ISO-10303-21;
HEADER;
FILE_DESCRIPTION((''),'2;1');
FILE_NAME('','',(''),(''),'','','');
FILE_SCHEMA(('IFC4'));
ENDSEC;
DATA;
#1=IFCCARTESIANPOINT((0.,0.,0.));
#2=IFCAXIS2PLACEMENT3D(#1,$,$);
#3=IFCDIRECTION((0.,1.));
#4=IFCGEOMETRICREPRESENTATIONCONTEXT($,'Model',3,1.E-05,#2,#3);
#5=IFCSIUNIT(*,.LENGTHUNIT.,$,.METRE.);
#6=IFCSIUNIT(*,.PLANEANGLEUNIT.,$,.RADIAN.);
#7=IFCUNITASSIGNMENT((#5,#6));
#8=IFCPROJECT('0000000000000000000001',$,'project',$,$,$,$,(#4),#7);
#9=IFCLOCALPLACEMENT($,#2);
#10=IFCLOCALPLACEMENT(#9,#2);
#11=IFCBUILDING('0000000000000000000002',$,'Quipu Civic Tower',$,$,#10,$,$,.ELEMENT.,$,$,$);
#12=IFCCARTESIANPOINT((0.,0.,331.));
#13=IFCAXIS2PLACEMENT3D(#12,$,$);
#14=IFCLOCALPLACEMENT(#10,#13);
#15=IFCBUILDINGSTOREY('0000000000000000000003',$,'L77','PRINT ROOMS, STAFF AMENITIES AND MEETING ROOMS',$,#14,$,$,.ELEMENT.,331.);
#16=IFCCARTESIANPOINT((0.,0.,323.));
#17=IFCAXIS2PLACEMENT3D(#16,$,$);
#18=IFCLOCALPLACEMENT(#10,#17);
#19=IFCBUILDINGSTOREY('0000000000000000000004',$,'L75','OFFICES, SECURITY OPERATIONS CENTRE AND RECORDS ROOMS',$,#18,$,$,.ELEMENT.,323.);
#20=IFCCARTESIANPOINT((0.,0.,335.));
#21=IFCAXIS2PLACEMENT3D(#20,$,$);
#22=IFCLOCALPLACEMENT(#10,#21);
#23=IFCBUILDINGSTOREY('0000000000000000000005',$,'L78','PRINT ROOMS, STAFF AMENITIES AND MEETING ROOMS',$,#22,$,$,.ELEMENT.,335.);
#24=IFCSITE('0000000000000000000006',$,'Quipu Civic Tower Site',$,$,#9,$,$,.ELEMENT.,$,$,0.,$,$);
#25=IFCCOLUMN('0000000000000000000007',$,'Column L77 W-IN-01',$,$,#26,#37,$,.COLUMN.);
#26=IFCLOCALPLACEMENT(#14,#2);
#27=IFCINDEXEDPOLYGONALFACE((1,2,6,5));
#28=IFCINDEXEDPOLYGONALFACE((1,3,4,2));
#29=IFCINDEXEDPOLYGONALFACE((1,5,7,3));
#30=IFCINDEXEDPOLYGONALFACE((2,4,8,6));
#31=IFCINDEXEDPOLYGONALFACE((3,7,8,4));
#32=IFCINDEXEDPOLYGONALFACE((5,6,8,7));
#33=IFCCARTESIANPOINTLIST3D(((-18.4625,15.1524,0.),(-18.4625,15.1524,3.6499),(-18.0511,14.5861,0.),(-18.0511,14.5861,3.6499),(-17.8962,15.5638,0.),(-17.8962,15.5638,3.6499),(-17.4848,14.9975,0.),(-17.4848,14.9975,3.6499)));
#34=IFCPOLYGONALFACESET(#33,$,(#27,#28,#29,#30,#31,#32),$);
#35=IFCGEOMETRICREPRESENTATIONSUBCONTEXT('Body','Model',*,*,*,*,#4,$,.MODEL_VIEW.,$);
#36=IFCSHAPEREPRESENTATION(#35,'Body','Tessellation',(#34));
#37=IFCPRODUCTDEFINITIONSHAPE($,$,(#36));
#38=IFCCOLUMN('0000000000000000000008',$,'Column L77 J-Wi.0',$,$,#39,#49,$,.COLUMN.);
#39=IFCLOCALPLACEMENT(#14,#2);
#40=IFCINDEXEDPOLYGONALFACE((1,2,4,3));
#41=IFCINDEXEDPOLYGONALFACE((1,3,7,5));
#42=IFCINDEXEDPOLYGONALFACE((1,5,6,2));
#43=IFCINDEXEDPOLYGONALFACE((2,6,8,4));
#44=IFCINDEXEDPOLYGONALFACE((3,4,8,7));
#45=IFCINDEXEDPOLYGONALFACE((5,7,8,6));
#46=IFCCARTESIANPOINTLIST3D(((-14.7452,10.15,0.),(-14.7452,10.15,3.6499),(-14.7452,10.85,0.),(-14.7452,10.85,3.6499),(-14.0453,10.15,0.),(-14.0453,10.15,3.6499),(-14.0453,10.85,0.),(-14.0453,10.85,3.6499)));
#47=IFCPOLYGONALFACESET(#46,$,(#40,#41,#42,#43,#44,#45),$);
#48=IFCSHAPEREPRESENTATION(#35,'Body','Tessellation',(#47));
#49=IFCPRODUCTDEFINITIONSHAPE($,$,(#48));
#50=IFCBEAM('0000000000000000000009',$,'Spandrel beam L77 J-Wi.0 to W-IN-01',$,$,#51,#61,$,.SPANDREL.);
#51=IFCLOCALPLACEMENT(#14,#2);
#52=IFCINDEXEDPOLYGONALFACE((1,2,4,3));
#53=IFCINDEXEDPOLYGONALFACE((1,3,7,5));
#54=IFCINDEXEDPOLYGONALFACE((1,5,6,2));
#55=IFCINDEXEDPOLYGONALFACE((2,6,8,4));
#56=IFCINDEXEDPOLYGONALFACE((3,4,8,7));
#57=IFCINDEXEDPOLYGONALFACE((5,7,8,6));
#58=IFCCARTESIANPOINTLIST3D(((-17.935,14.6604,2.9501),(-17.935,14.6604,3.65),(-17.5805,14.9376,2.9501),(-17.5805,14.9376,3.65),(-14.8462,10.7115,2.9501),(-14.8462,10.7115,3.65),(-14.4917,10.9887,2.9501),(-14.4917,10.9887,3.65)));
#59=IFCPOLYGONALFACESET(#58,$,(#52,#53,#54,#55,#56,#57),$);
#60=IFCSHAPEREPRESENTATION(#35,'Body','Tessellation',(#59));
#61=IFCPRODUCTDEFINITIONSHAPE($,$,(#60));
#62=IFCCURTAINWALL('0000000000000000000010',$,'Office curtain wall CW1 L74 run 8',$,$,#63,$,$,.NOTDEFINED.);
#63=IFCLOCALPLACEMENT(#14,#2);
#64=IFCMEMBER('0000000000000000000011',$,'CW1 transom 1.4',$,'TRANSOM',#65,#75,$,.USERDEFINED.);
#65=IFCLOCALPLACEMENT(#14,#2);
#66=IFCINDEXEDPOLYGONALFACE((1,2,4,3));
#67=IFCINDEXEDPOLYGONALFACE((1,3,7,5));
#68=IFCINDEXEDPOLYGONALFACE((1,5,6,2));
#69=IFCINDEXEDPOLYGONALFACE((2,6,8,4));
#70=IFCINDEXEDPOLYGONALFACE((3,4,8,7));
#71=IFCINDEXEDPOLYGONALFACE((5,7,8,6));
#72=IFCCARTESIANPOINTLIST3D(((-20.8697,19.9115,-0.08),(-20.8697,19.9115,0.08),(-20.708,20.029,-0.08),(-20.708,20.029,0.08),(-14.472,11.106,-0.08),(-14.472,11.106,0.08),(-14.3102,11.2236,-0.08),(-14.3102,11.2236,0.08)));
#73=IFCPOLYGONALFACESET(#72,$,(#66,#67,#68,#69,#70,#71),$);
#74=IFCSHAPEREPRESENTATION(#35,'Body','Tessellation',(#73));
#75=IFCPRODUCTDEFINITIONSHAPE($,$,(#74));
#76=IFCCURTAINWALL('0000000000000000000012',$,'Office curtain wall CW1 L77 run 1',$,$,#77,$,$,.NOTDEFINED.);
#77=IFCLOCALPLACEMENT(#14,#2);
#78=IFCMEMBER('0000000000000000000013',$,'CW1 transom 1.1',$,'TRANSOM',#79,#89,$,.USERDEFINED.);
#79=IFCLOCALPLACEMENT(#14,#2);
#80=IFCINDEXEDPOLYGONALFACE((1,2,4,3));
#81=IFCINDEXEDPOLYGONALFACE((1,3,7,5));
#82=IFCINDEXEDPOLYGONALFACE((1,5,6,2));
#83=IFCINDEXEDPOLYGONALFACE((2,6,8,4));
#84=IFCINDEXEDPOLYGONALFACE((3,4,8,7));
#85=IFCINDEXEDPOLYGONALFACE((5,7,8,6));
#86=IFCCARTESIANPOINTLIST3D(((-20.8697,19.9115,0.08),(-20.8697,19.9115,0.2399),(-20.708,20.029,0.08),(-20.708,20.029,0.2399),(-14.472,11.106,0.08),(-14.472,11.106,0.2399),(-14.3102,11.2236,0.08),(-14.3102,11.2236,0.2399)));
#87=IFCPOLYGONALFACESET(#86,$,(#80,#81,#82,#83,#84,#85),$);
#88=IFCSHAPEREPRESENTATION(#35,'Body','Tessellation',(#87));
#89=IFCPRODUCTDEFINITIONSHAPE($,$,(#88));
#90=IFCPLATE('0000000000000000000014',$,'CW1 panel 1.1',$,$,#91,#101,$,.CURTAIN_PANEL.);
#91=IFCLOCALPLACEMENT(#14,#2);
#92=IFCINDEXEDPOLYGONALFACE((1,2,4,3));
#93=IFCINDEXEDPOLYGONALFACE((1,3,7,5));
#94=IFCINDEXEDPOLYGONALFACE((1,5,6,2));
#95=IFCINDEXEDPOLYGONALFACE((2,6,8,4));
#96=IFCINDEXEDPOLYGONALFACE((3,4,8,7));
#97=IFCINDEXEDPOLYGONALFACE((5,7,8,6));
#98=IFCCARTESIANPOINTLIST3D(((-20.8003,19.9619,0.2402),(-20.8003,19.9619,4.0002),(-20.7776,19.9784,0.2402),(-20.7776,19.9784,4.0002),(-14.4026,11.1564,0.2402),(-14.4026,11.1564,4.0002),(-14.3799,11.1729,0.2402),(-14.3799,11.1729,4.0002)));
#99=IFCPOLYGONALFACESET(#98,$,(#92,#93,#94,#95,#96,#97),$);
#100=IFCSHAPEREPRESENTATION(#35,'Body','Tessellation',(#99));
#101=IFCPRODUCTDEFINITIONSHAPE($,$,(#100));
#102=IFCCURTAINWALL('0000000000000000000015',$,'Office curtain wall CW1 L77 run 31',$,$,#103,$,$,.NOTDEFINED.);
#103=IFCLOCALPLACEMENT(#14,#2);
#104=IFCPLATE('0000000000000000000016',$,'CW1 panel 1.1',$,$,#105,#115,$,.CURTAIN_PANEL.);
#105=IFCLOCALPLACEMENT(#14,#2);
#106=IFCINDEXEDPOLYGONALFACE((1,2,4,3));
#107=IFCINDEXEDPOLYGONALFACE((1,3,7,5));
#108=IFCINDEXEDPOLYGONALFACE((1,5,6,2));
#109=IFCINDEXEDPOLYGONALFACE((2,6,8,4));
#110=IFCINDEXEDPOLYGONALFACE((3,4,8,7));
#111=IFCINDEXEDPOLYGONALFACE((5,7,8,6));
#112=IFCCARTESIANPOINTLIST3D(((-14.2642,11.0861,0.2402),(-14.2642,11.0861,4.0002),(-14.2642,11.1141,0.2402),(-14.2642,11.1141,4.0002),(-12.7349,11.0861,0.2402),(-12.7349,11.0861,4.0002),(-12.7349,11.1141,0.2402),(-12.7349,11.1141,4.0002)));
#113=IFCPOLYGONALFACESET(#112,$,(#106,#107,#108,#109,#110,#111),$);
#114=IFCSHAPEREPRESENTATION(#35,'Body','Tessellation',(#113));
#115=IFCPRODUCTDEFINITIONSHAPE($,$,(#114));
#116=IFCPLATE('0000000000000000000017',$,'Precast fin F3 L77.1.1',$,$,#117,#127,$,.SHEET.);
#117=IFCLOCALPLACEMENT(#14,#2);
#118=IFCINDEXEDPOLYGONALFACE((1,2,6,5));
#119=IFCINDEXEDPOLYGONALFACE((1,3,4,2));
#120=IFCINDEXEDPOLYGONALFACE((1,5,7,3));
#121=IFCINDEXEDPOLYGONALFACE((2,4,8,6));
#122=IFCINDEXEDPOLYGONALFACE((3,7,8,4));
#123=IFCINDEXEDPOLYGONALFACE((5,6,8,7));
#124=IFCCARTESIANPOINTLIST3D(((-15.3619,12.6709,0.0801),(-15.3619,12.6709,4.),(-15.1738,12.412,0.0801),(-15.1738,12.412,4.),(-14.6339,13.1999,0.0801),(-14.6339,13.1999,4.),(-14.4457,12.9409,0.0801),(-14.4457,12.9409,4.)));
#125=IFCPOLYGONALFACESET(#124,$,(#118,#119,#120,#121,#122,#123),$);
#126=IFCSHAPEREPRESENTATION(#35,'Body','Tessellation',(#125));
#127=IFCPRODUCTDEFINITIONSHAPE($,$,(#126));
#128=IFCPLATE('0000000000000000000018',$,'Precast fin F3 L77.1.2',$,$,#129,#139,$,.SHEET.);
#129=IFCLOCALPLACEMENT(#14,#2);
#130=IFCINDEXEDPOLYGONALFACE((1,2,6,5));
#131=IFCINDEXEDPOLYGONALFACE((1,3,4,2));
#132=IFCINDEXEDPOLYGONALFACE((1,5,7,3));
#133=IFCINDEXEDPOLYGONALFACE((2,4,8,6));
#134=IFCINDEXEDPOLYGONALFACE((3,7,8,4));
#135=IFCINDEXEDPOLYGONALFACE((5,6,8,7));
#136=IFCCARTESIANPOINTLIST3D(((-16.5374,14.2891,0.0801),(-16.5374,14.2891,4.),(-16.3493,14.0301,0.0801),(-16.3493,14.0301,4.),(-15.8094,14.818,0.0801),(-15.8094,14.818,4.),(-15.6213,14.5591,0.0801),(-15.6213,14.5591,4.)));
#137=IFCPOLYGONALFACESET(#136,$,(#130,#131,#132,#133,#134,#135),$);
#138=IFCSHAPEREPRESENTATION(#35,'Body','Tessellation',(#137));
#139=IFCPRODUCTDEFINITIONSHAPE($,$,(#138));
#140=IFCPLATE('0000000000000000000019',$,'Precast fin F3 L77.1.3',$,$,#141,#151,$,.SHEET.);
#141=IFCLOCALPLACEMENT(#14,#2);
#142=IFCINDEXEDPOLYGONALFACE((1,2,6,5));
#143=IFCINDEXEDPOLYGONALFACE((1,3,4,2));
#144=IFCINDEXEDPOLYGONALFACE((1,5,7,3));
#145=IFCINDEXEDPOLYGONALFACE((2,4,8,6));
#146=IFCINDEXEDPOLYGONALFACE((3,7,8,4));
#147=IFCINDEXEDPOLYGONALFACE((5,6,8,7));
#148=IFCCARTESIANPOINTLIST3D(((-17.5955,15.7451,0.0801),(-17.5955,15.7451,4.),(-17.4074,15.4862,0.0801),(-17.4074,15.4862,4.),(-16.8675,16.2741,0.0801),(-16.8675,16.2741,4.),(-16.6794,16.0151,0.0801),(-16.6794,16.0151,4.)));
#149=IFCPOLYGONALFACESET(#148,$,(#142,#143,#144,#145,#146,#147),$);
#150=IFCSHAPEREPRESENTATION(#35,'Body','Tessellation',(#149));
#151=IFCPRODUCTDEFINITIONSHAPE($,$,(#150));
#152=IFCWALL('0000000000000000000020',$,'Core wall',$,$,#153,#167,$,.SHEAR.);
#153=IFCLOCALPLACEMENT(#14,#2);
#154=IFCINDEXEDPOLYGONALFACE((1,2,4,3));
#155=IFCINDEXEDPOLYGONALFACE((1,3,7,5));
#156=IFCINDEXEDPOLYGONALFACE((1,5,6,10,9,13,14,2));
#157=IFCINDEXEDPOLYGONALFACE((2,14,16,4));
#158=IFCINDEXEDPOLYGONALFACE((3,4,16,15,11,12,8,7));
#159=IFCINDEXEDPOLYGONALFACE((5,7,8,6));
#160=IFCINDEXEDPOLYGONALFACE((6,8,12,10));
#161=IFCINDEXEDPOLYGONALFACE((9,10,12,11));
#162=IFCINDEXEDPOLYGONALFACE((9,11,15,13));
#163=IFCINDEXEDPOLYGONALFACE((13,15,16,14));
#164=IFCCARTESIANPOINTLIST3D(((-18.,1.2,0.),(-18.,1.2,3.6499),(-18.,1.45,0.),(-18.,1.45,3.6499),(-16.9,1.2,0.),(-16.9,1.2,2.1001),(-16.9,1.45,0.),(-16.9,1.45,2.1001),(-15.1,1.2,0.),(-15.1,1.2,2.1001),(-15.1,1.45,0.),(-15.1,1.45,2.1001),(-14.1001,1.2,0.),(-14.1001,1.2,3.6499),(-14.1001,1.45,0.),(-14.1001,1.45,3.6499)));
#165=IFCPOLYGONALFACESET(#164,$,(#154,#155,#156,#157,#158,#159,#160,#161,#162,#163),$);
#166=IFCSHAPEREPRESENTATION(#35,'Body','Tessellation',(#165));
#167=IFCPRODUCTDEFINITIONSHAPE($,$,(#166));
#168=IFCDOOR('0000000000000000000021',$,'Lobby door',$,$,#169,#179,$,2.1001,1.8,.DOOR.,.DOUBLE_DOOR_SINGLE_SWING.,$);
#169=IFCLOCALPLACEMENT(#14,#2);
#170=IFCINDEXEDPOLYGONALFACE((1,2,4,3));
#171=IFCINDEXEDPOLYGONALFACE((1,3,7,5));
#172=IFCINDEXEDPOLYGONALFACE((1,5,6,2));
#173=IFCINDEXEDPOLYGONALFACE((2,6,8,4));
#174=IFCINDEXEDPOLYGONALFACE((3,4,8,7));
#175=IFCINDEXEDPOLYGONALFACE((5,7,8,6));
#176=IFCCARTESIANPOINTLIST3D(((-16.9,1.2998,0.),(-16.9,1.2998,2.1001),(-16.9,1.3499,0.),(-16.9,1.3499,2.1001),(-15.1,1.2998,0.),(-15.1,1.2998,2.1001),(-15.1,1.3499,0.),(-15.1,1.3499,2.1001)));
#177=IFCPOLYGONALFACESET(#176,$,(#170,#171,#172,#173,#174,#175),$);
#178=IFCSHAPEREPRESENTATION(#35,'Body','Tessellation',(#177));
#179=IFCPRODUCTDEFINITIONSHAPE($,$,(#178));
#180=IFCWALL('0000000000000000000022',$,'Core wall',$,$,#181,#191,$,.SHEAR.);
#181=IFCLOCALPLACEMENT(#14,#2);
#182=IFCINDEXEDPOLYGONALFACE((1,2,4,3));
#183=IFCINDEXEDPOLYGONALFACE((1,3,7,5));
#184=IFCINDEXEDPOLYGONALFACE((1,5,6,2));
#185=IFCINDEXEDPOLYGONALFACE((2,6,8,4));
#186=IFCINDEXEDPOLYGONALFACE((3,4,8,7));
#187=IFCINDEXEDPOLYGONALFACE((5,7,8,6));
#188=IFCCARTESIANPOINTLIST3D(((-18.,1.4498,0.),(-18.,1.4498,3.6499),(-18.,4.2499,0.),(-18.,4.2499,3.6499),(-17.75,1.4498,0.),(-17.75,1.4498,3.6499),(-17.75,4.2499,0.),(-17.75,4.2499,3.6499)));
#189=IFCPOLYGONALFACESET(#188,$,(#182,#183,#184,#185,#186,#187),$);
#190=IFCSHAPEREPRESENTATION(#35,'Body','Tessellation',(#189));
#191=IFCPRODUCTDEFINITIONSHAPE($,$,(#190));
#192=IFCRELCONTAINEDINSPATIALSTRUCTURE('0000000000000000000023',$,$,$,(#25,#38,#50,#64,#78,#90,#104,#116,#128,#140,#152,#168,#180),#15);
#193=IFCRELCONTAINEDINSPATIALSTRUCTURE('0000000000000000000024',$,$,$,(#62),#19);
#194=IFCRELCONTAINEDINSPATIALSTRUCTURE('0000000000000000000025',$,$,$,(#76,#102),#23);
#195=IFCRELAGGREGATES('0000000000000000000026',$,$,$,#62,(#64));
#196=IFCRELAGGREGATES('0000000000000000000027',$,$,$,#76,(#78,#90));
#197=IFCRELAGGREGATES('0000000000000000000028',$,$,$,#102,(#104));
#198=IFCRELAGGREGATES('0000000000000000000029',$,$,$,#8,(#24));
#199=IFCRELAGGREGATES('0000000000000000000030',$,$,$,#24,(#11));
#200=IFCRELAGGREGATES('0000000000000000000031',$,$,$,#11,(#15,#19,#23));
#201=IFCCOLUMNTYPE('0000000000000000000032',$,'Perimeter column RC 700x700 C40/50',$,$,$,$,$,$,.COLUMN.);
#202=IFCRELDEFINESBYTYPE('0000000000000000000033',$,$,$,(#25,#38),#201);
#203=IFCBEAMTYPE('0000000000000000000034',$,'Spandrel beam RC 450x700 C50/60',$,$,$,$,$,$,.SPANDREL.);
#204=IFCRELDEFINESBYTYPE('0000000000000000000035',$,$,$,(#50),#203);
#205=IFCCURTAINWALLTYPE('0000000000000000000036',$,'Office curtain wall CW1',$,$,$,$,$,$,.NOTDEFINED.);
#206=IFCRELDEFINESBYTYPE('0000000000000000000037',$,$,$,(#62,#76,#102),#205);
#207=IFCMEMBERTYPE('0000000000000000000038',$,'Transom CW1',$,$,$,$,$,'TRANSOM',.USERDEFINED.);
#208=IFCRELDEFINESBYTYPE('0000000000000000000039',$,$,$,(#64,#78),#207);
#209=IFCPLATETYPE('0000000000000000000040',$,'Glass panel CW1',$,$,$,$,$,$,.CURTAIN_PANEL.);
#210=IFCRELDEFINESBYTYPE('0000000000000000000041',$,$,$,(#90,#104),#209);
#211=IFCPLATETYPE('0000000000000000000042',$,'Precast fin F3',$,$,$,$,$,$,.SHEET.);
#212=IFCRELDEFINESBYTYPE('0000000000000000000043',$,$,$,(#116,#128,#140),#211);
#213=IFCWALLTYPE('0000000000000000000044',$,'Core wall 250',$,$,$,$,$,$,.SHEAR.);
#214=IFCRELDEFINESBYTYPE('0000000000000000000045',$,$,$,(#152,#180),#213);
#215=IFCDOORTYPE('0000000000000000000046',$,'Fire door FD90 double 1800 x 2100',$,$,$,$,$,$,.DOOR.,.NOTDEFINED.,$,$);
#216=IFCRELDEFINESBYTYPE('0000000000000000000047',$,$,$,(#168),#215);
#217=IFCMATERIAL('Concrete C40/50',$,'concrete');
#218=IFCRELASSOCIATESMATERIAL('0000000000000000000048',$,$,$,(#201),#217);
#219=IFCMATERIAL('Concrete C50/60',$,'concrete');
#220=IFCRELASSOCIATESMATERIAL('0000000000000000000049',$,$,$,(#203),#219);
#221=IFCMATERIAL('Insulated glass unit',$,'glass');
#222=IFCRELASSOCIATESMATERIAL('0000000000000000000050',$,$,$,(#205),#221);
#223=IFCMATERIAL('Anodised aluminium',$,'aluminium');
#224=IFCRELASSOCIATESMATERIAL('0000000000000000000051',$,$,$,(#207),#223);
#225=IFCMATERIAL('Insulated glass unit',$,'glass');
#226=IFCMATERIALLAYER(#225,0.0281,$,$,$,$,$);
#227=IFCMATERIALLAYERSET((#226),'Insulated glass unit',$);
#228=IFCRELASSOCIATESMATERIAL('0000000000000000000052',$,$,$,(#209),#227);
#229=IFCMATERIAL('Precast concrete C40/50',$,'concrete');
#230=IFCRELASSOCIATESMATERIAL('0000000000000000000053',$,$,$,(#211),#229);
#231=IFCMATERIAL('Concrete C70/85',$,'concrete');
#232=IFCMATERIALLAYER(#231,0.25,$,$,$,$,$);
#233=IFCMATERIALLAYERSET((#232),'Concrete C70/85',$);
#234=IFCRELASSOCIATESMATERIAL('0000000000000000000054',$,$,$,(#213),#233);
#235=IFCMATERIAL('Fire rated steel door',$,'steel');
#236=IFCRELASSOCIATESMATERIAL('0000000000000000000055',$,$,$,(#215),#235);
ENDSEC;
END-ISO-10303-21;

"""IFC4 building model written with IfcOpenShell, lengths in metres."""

from ifc_helpers import new_model, si_unit, direction, frame, frame_2d, origin, origin_2d, place, context, subcontext, project, spatial, rectangle, extrude, material, layer, layer_set, material_profile, profile_set, type_object, element, fill, aggregate, save


model = new_model("IFC4")

# Units and contexts
model_context = context("Model", 3, precision=1e-05, world=origin(), true_north=direction((0.0, 1.0)))
body_context = subcontext(model_context, "Body", "Model", "MODEL_VIEW")
ifc_project = project(units=[si_unit("LENGTHUNIT", "METRE"), si_unit("PLANEANGLEUNIT", "RADIAN")], contexts=[model_context])

# Site, building, storey
site_placement = place(None, origin())
site = spatial("IfcSite", under=ifc_project, at=site_placement, Name="Quipu Civic Tower Site", CompositionType="ELEMENT", RefElevation=0.0)
building_placement = place(site_placement, origin())
building = spatial("IfcBuilding", under=site, at=building_placement, Name="Quipu Civic Tower", CompositionType="ELEMENT")
storey_1_placement = place(building_placement, frame((0.0, 0.0, 331.0)))
storey_1 = spatial("IfcBuildingStorey", under=building, at=storey_1_placement, Name="L77", Description="PRINT ROOMS, STAFF AMENITIES AND MEETING ROOMS", CompositionType="ELEMENT", Elevation=331.0)

# Columns
ifc_material_1 = material(Name="Concrete C40/50", Category="concrete")
ifc_material_profile_1 = material_profile(ifc_material_1, rectangle(XDim=0.7, YDim=0.7, at=origin_2d()), Name="RC700x700")
ifc_profile_set_1 = profile_set([ifc_material_profile_1], Name="Concrete C40/50")
column_type = type_object("IfcColumnType", Name="Perimeter column RC 700x700 C40/50", PredefinedType="COLUMN", material=ifc_profile_set_1)
for number, where, z_axis, x_axis, name in (
    (1, (-17.9736, 15.075, 0.0), (0.0, 0.0, 1.0), (-0.587785, 0.809017, 0.0), "Column L77 W-IN-01"),
    (2, (-14.3953, 10.5, 0.0), (0.0, 0.0, 1.0), (-1.0, 0.0, 0.0), "Column L77 J-Wi.0"),
):
    element("IfcColumn", number, at=place(storey_1_placement, frame(where, z_axis=z_axis, x_axis=x_axis)), inside=storey_1, type_object=column_type, Name=name, PredefinedType="COLUMN", context=body_context, shape_type="SweptSolid", body=[
        extrude(rectangle(XDim=0.7, YDim=0.7, at=origin_2d()), origin(), (0.0, 0.0, 1.0), 3.6499),
    ])

# Beam
ifc_material_2 = material(Name="Concrete C50/60", Category="concrete")
ifc_material_profile_2 = material_profile(ifc_material_2, rectangle(XDim=0.45, YDim=0.7, at=origin_2d()), Name="RC450x700")
ifc_profile_set_2 = profile_set([ifc_material_profile_2], Name="Concrete C50/60")
beam_type = type_object("IfcBeamType", Name="Spandrel beam RC 450x700 C50/60", PredefinedType="SPANDREL", material=ifc_profile_set_2)
beam_placement = place(storey_1_placement, frame((-14.6689, 10.8501, 3.3), z_axis=(-0.616106, 0.787663, 0.0), x_axis=(-0.787663, -0.616106, 0.0)))
element("IfcBeam", 3, at=beam_placement, inside=storey_1, type_object=beam_type, Name="Spandrel beam L77 J-Wi.0 to W-IN-01", PredefinedType="SPANDREL", context=body_context, shape_type="SweptSolid", body=[
    extrude(rectangle(XDim=0.45, YDim=0.7, at=origin_2d()), origin(), (0.0, 0.0, 1.0), 5.0134),
])

# Shared definitions
storey_2_placement = place(building_placement, frame((0.0, 0.0, 323.0)))
storey_2 = spatial("IfcBuildingStorey", under=building, at=storey_2_placement, Name="L75", Description="OFFICES, SECURITY OPERATIONS CENTRE AND RECORDS ROOMS", CompositionType="ELEMENT", Elevation=323.0)

# Curtain wall, member
ifc_material_3 = material(Name="Insulated glass unit", Category="glass")
curtain_wall_type = type_object("IfcCurtainWallType", Name="Office curtain wall CW1", PredefinedType="NOTDEFINED", material=ifc_material_3)
curtain_wall_1_placement = place(storey_2_placement, origin())
curtain_wall_1 = element("IfcCurtainWall", 4, at=curtain_wall_1_placement, inside=storey_2, type_object=curtain_wall_type, Name="Office curtain wall CW1 L74 run 8", PredefinedType="NOTDEFINED")
ifc_material_4 = material(Name="Anodised aluminium", Category="aluminium")
ifc_material_profile_3 = material_profile(ifc_material_4, rectangle(XDim=0.2, YDim=0.1599, at=origin_2d()), Name="RECT 200x160")
ifc_profile_set_3 = profile_set([ifc_material_profile_3], Name="Anodised aluminium")
member_type = type_object("IfcMemberType", Name="Transom CW1", ElementType="TRANSOM", PredefinedType="USERDEFINED", material=ifc_profile_set_3)
member_1_placement = place(storey_1_placement, frame((-14.3911, 11.1648, 0.0), z_axis=(-0.587797, 0.809009, 0.0), x_axis=(-0.809009, -0.587797, 0.0)))
member_1 = element("IfcMember", 5, at=member_1_placement, inside=storey_1, type_object=member_type, Name="CW1 transom 1.4", ObjectType="TRANSOM", PredefinedType="USERDEFINED", context=body_context, shape_type="SweptSolid", body=[
    extrude(rectangle(XDim=0.2, YDim=0.1599, at=origin_2d()), origin(), (0.0, 0.0, 1.0), 10.8843),
])
aggregate(curtain_wall_1, [member_1])

# Shared definitions
storey_3_placement = place(building_placement, frame((0.0, 0.0, 335.0)))
storey_3 = spatial("IfcBuildingStorey", under=building, at=storey_3_placement, Name="L78", Description="PRINT ROOMS, STAFF AMENITIES AND MEETING ROOMS", CompositionType="ELEMENT", Elevation=335.0)

# Curtain wall, member, plate
curtain_wall_2_placement = place(storey_3_placement, origin())
curtain_wall_2 = element("IfcCurtainWall", 6, at=curtain_wall_2_placement, inside=storey_3, type_object=curtain_wall_type, Name="Office curtain wall CW1 L77 run 1", PredefinedType="NOTDEFINED")
member_2_placement = place(storey_1_placement, frame((-14.3911, 11.1648, 0.1599), z_axis=(-0.587797, 0.809009, 0.0), x_axis=(-0.809009, -0.587797, 0.0)))
member_2 = element("IfcMember", 7, at=member_2_placement, inside=storey_1, type_object=member_type, Name="CW1 transom 1.1", ObjectType="TRANSOM", PredefinedType="USERDEFINED", context=body_context, shape_type="SweptSolid", body=[
    extrude(rectangle(XDim=0.2, YDim=0.1599, at=origin_2d()), origin(), (0.0, 0.0, 1.0), 10.8843),
])
ifc_material_5 = material(Name="Insulated glass unit", Category="glass")
ifc_layer_1 = layer(ifc_material_5, 0.0281)
ifc_layer_set_1 = layer_set([ifc_layer_1], Name="Insulated glass unit")
plate_type_1 = type_object("IfcPlateType", Name="Glass panel CW1", PredefinedType="CURTAIN_PANEL", material=ifc_layer_set_1)
plate_1_placement = place(storey_1_placement, frame((-17.5901, 15.5674, 0.2402), z_axis=(0.0, 0.0, 1.0), x_axis=(-0.587788, 0.809015, 0.0)))
plate_1 = element("IfcPlate", 8, at=plate_1_placement, inside=storey_1, type_object=plate_type_1, Name="CW1 panel 1.1", PredefinedType="CURTAIN_PANEL", context=body_context, shape_type="SweptSolid", body=[
    extrude(rectangle(XDim=10.8843, YDim=0.0281, at=origin_2d()), origin(), (0.0, 0.0, 1.0), 3.76),
])
aggregate(curtain_wall_2, [member_2, plate_1])

# Curtain wall, plate
curtain_wall_3_placement = place(storey_3_placement, origin())
curtain_wall_3 = element("IfcCurtainWall", 9, at=curtain_wall_3_placement, inside=storey_3, type_object=curtain_wall_type, Name="Office curtain wall CW1 L77 run 31", PredefinedType="NOTDEFINED")
plate_2_placement = place(storey_1_placement, frame((-13.4995, 11.1001, 0.2402), z_axis=(0.0, 0.0, 1.0), x_axis=(-1.0, 0.0, 0.0)))
plate_2 = element("IfcPlate", 10, at=plate_2_placement, inside=storey_1, type_object=plate_type_1, Name="CW1 panel 1.1", PredefinedType="CURTAIN_PANEL", context=body_context, shape_type="SweptSolid", body=[
    extrude(rectangle(XDim=1.5293, YDim=0.0281, at=origin_2d()), origin(), (0.0, 0.0, 1.0), 3.76),
])
aggregate(curtain_wall_3, [plate_2])

# Plates
ifc_material_6 = material(Name="Precast concrete C40/50", Category="concrete")
plate_type_2 = type_object("IfcPlateType", Name="Precast fin F3", PredefinedType="SHEET", material=ifc_material_6)
for number, where, z_axis, x_axis, name in (
    (11, (-14.9038, 12.8059, 0.0801), (0.0, 0.0, 1.0), (-0.587784, 0.809018, 0.0), "Precast fin F3 L77.1.1"),
    (12, (-16.0793, 14.4241, 0.0801), (0.0, 0.0, 1.0), (-0.587784, 0.809018, 0.0), "Precast fin F3 L77.1.2"),
    (13, (-17.1375, 15.8801, 0.0801), (0.0, 0.0, 1.0), (-0.587784, 0.809018, 0.0), "Precast fin F3 L77.1.3"),
):
    element("IfcPlate", number, at=place(storey_1_placement, frame(where, z_axis=z_axis, x_axis=x_axis)), inside=storey_1, type_object=plate_type_2, Name=name, PredefinedType="SHEET", context=body_context, shape_type="SweptSolid", body=[
        extrude(rectangle(XDim=0.3201, YDim=0.8999, at=origin_2d()), origin(), (0.0, 0.0, 1.0), 3.9199),
    ])

# Wall, opening, door
ifc_material_7 = material(Name="Concrete C70/85", Category="concrete")
ifc_layer_2 = layer(ifc_material_7, 0.25)
ifc_layer_set_2 = layer_set([ifc_layer_2], Name="Concrete C70/85")
wall_type_1 = type_object("IfcWallType", Name="Core wall 250", PredefinedType="SHEAR", material=ifc_layer_set_2)
wall_1_placement = place(storey_1_placement, frame((-18.0, 1.325, 0.0), z_axis=(0.0, 0.0, 1.0), x_axis=(1.0, 0.0, 0.0)))
wall_1 = element("IfcWall", 14, at=wall_1_placement, inside=storey_1, type_object=wall_type_1, Name="Core wall", PredefinedType="SHEAR", context=body_context, shape_type="SweptSolid", body=[
    extrude(rectangle(XDim=3.8999, YDim=0.25, at=frame_2d((1.95, 0.0))), origin(), (0.0, 0.0, 1.0), 3.6499),
])
opening_1_placement = place(wall_1_placement, frame((1.1001, 0.0, 0.0)))
opening_1 = element("IfcOpeningElement", 15, at=opening_1_placement, cuts=wall_1, PredefinedType="OPENING", context=body_context, shape_type="SweptSolid", body=[
    extrude(rectangle(XDim=1.8, YDim=2.1001, at=frame_2d((0.8999, 1.05))), frame((0.0, 0.135, 0.0), z_axis=(0.0, -1.0, 0.0), x_axis=(1.0, 0.0, 0.0)), (0.0, 0.0, 1.0), 0.27),
])
ifc_material_8 = material(Name="Fire rated steel door", Category="steel")
door_type_1 = type_object("IfcDoorType", Name="Fire door FD90 double 1800 x 2100", OperationType="NOTDEFINED", PredefinedType="DOOR", material=ifc_material_8)
door_1_placement = place(opening_1_placement, origin())
door_1 = element("IfcDoor", 16, at=door_1_placement, inside=storey_1, type_object=door_type_1, Name="Lobby door", OperationType="DOUBLE_DOOR_SINGLE_SWING", OverallHeight=2.1001, OverallWidth=1.8, PredefinedType="DOOR", context=body_context, shape_type="SweptSolid", body=[
    extrude(rectangle(XDim=1.8, YDim=2.1001, at=frame_2d((0.8999, 1.05))), frame((0.0, 0.0249, 0.0), z_axis=(0.0, -1.0, 0.0), x_axis=(1.0, 0.0, 0.0)), (0.0, 0.0, 1.0), 0.05),
])
fill(opening_1, door_1)

# Wall
for number, where, z_axis, x_axis, name in (
    (17, (-17.875, 1.45, 0.0), (0.0, 0.0, 1.0), (0.0, 1.0, 0.0), "Core wall"),
):
    element("IfcWall", number, at=place(storey_1_placement, frame(where, z_axis=z_axis, x_axis=x_axis)), inside=storey_1, type_object=wall_type_1, Name=name, PredefinedType="SHEAR", context=body_context, shape_type="SweptSolid", body=[
        extrude(rectangle(XDim=2.8, YDim=0.25, at=frame_2d((1.3999, 0.0))), origin(), (0.0, 0.0, 1.0), 3.6499),
    ])

save(model, "model.ifc")
